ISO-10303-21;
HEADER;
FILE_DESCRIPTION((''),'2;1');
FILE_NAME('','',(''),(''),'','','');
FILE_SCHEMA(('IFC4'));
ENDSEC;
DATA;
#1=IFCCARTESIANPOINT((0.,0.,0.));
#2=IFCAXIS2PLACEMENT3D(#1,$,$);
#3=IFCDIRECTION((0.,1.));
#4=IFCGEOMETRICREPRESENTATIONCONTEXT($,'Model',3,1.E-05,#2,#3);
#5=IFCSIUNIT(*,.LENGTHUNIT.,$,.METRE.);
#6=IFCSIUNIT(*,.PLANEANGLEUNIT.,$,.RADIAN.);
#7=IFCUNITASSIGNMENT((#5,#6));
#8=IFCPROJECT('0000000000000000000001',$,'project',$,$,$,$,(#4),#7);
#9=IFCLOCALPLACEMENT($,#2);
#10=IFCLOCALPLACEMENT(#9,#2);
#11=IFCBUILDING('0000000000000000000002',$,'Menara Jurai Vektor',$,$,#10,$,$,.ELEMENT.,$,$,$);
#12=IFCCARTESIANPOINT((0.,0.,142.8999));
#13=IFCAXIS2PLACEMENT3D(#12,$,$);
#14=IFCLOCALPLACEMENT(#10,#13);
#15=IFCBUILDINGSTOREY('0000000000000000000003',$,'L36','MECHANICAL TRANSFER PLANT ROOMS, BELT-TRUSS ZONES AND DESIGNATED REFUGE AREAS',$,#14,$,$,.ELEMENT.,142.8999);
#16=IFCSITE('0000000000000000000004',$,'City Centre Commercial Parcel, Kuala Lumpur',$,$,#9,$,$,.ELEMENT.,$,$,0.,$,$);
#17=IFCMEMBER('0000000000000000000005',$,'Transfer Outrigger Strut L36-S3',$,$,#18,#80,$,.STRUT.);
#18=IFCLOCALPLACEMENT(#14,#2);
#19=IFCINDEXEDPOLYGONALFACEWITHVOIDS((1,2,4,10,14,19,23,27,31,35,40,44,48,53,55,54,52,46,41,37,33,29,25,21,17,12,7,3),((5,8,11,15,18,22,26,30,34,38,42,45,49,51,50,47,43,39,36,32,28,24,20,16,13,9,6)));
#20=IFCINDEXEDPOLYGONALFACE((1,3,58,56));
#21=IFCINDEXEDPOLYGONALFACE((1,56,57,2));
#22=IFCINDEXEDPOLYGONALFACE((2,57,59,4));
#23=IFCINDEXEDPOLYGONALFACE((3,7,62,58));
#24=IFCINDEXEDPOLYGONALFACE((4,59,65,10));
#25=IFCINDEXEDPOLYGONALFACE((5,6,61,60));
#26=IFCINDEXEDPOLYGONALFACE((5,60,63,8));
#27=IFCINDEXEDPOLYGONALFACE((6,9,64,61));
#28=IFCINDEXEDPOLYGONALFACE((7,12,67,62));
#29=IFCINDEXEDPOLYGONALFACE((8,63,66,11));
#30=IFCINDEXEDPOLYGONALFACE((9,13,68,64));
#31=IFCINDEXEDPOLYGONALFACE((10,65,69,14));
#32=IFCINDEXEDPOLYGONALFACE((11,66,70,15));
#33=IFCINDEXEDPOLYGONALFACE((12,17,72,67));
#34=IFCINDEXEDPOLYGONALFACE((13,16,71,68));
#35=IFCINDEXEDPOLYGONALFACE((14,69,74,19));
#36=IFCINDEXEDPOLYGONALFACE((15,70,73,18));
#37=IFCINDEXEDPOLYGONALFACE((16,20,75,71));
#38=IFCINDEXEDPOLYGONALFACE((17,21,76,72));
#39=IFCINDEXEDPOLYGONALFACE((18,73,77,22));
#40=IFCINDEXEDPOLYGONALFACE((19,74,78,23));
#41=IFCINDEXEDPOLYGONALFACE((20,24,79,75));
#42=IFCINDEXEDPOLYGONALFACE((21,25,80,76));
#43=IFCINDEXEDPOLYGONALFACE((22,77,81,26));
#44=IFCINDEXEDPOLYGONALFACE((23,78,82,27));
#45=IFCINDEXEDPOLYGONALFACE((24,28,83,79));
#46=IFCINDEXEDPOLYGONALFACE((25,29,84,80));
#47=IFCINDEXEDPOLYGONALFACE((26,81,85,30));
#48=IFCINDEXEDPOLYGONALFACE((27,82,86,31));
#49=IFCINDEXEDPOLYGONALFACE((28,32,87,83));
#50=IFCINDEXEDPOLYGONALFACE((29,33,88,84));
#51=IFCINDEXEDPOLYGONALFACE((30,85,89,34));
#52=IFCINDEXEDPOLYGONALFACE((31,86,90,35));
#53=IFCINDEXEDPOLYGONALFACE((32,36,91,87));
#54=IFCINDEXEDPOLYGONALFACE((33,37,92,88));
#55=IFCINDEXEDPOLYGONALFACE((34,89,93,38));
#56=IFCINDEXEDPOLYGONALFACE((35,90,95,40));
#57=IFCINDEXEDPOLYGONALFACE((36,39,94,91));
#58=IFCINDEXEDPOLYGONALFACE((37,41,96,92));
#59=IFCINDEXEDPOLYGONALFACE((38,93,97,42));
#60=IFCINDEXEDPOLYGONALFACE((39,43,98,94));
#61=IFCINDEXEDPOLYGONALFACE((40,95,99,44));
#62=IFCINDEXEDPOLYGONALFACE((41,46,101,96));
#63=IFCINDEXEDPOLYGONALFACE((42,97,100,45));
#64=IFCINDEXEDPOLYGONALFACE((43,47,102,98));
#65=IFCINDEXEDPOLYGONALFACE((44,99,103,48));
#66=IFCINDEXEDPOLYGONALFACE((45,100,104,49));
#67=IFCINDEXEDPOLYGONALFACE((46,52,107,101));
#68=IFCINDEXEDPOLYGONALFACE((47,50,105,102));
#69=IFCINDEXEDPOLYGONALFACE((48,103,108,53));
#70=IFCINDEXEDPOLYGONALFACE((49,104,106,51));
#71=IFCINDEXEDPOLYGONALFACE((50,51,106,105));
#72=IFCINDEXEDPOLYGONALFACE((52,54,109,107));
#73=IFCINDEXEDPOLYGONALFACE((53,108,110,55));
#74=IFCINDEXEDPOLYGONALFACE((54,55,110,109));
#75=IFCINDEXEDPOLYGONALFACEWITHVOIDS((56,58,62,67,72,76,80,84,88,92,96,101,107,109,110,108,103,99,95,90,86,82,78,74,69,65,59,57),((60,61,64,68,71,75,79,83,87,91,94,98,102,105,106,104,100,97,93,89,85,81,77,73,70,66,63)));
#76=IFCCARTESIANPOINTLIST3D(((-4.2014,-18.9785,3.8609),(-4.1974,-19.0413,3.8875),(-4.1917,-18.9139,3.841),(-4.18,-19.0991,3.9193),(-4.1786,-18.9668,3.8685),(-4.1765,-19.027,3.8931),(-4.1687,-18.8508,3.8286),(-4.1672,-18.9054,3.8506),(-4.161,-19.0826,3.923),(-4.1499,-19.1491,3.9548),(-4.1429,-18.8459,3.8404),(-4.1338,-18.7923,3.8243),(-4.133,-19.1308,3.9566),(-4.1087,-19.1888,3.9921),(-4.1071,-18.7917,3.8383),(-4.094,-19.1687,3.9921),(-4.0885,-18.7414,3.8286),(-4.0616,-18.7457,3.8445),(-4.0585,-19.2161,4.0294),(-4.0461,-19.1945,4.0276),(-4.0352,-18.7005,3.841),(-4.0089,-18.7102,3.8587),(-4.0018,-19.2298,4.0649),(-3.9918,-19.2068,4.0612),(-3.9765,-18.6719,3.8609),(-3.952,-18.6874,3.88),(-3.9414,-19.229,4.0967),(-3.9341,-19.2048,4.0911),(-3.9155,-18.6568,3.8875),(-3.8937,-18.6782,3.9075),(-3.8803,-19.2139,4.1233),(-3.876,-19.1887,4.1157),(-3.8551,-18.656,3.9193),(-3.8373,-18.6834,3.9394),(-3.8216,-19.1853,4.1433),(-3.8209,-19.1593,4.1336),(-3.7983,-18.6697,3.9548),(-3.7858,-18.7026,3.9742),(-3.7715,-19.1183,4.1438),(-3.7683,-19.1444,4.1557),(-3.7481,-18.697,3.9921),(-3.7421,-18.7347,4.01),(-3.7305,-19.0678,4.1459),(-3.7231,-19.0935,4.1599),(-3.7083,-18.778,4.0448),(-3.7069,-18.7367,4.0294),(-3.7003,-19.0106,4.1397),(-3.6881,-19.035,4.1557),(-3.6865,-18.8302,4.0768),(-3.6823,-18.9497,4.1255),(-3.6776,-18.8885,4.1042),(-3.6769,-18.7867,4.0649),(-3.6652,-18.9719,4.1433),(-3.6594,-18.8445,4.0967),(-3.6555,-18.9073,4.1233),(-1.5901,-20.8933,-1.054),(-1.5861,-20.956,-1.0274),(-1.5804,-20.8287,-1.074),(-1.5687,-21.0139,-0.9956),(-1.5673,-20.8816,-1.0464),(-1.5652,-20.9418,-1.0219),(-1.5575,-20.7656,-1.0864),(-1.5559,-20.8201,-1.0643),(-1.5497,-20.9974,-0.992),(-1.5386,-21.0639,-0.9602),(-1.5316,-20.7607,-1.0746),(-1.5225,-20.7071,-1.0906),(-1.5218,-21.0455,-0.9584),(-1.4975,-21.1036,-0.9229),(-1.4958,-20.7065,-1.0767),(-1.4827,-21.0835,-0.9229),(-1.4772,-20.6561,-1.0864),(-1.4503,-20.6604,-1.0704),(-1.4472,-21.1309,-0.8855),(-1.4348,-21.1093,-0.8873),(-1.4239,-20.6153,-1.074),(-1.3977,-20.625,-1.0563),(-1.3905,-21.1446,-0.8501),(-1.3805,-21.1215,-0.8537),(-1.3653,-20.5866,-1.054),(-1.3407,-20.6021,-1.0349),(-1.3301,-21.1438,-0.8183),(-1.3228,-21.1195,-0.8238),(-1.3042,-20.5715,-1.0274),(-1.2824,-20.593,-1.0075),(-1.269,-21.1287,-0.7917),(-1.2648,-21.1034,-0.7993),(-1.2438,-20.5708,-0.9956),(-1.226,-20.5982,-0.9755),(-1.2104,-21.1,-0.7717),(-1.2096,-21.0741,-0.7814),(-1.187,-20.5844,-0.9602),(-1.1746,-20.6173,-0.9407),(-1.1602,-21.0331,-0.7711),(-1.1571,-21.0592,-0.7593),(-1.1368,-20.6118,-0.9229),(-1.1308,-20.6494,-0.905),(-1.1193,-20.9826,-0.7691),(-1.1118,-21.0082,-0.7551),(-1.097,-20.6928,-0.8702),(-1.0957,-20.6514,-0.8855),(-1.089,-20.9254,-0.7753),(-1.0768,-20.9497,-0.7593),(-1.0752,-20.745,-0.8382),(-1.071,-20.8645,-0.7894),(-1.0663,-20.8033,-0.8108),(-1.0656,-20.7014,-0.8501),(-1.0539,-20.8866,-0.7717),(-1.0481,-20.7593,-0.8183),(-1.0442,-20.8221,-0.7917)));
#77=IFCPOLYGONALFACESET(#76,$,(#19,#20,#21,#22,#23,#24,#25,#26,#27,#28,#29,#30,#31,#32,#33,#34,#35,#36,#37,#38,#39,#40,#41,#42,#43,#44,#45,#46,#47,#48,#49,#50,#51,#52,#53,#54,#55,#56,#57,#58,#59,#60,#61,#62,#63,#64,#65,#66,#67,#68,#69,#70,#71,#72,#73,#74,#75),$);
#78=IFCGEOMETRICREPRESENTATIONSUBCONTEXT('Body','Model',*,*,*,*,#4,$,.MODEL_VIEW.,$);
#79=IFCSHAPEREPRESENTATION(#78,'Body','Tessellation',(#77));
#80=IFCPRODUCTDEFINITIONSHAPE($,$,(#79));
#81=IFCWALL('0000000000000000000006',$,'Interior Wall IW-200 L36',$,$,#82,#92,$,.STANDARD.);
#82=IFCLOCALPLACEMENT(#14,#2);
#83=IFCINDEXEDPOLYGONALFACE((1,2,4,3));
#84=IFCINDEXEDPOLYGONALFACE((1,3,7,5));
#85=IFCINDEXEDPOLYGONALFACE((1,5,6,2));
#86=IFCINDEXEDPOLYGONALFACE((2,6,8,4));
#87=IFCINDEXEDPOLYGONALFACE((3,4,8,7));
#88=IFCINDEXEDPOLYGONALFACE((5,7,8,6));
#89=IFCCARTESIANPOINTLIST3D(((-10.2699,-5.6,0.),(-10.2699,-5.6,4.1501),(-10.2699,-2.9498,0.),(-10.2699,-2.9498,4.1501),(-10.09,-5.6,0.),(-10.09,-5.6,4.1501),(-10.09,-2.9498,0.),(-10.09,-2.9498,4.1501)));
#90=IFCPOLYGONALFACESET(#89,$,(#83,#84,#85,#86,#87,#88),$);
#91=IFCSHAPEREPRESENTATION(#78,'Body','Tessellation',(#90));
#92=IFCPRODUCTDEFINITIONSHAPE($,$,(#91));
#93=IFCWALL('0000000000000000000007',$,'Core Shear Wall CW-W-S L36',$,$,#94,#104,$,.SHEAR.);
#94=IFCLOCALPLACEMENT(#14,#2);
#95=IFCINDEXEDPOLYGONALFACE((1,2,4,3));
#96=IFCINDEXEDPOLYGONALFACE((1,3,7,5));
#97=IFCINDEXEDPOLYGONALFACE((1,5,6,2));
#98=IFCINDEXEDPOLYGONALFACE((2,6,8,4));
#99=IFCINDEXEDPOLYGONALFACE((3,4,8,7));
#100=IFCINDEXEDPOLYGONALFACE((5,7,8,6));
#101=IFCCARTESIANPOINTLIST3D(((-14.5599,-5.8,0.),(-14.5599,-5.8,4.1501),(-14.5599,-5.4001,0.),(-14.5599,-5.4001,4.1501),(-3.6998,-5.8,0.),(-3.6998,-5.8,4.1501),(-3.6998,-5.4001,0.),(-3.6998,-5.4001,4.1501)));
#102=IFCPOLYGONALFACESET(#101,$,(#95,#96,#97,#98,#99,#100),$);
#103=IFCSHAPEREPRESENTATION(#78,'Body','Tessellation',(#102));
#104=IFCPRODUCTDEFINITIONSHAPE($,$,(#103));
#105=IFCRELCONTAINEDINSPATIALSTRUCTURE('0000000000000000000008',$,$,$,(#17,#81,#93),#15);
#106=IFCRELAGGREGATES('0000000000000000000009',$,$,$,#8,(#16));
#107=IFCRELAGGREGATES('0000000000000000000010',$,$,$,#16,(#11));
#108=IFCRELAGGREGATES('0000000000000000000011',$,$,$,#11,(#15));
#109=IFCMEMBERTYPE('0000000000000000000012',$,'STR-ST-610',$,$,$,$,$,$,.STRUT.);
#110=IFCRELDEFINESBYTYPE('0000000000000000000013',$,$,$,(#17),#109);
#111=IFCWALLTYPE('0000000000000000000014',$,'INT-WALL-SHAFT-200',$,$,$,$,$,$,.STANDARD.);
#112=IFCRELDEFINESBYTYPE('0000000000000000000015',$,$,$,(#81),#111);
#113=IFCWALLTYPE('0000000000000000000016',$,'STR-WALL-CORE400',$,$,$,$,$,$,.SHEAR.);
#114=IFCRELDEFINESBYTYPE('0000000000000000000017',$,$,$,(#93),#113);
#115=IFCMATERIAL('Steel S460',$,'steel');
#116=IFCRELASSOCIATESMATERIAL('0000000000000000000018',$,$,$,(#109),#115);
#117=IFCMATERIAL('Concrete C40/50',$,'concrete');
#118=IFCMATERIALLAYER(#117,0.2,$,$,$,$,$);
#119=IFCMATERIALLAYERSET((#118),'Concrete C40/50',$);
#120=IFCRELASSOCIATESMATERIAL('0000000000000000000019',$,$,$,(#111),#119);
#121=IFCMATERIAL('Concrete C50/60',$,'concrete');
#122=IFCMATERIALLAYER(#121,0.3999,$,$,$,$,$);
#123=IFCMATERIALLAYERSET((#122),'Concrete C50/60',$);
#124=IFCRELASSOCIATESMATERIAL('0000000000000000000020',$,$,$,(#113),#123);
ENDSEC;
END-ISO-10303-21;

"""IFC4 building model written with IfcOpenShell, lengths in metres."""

from ifc_helpers import new_model, si_unit, direction, frame, frame_2d, origin, origin_2d, place, context, subcontext, project, spatial, rectangle, hollow_circle, extrude, material, layer, layer_set, material_profile, profile_set, type_object, element, save


model = new_model("IFC4")

# Units and contexts
model_context = context("Model", 3, precision=1e-05, world=origin(), true_north=direction((0.0, 1.0)))
body_context = subcontext(model_context, "Body", "Model", "MODEL_VIEW")
ifc_project = project(units=[si_unit("LENGTHUNIT", "METRE"), si_unit("PLANEANGLEUNIT", "RADIAN")], contexts=[model_context])

# Site, building, storey
site_placement = place(None, origin())
site = spatial("IfcSite", under=ifc_project, at=site_placement, Name="City Centre Commercial Parcel, Kuala Lumpur", CompositionType="ELEMENT", RefElevation=0.0)
building_placement = place(site_placement, origin())
building = spatial("IfcBuilding", under=site, at=building_placement, Name="Menara Jurai Vektor", CompositionType="ELEMENT")
storey_placement = place(building_placement, frame((0.0, 0.0, 142.8999)))
storey = spatial("IfcBuildingStorey", under=building, at=storey_placement, Name="L36", Description="MECHANICAL TRANSFER PLANT ROOMS, BELT-TRUSS ZONES AND DESIGNATED REFUGE AREAS", CompositionType="ELEMENT", Elevation=142.8999)

# Shared definitions
ifc_material_1 = material(Name="Concrete C50/60", Category="concrete")
ifc_material_2 = material(Name="Steel S460", Category="steel")

# Member
ifc_material_profile_1 = material_profile(ifc_material_2, hollow_circle(Radius=0.3049, WallThickness=0.0249, at=origin_2d()), Name="CHS 610x25")
ifc_profile_set_1 = profile_set([ifc_material_profile_1], Name="Steel S460")
member_type_1 = type_object("IfcMemberType", Name="STR-ST-610", PredefinedType="STRUT", material=ifc_profile_set_1)
member_1_placement = place(storey_placement, frame((-1.3171, -20.8577, -0.9229), z_axis=(-0.443663, 0.325322, 0.835062), x_axis=(-0.591328, -0.806431, 0.0)))
element("IfcMember", 1, at=member_1_placement, inside=storey, type_object=member_type_1, Name="Transfer Outrigger Strut L36-S3", PredefinedType="STRUT", context=body_context, shape_type="SweptSolid", body=[
    extrude(hollow_circle(Radius=0.3049, WallThickness=0.0249, at=origin_2d()), origin(), (0.0, 0.0, 1.0), 5.8857),
])

# Walls
ifc_material_3 = material(Name="Concrete C40/50", Category="concrete")
ifc_layer_1 = layer(ifc_material_3, 0.2)
ifc_layer_set_1 = layer_set([ifc_layer_1], Name="Concrete C40/50")
wall_type_1 = type_object("IfcWallType", Name="INT-WALL-SHAFT-200", PredefinedType="STANDARD", material=ifc_layer_set_1)
wall_1_placement = place(storey_placement, frame((-10.1799, -5.6001, 0.0), z_axis=(0.0, 0.0, 1.0), x_axis=(0.0, 1.0, 0.0)))
element("IfcWall", 2, at=wall_1_placement, inside=storey, type_object=wall_type_1, Name="Interior Wall IW-200 L36", PredefinedType="STANDARD", context=body_context, shape_type="SweptSolid", body=[
    extrude(rectangle(XDim=2.6501, YDim=0.1799, at=frame_2d((1.3252, 0.0))), origin(), (0.0, 0.0, 1.0), 4.1501),
])
ifc_layer_2 = layer(ifc_material_1, 0.3999)
ifc_layer_set_2 = layer_set([ifc_layer_2], Name="Concrete C50/60")
wall_type_2 = type_object("IfcWallType", Name="STR-WALL-CORE400", PredefinedType="SHEAR", material=ifc_layer_set_2)
wall_2_placement = place(storey_placement, frame((-14.5601, -5.6001, 0.0), z_axis=(0.0, 0.0, 1.0), x_axis=(1.0, 0.0, 0.0)))
element("IfcWall", 3, at=wall_2_placement, inside=storey, type_object=wall_type_2, Name="Core Shear Wall CW-W-S L36", PredefinedType="SHEAR", context=body_context, shape_type="SweptSolid", body=[
    extrude(rectangle(XDim=10.8601, YDim=0.3999, at=frame_2d((5.4302, 0.0))), origin(), (0.0, 0.0, 1.0), 4.1501),
])

save(model, "model.ifc")
